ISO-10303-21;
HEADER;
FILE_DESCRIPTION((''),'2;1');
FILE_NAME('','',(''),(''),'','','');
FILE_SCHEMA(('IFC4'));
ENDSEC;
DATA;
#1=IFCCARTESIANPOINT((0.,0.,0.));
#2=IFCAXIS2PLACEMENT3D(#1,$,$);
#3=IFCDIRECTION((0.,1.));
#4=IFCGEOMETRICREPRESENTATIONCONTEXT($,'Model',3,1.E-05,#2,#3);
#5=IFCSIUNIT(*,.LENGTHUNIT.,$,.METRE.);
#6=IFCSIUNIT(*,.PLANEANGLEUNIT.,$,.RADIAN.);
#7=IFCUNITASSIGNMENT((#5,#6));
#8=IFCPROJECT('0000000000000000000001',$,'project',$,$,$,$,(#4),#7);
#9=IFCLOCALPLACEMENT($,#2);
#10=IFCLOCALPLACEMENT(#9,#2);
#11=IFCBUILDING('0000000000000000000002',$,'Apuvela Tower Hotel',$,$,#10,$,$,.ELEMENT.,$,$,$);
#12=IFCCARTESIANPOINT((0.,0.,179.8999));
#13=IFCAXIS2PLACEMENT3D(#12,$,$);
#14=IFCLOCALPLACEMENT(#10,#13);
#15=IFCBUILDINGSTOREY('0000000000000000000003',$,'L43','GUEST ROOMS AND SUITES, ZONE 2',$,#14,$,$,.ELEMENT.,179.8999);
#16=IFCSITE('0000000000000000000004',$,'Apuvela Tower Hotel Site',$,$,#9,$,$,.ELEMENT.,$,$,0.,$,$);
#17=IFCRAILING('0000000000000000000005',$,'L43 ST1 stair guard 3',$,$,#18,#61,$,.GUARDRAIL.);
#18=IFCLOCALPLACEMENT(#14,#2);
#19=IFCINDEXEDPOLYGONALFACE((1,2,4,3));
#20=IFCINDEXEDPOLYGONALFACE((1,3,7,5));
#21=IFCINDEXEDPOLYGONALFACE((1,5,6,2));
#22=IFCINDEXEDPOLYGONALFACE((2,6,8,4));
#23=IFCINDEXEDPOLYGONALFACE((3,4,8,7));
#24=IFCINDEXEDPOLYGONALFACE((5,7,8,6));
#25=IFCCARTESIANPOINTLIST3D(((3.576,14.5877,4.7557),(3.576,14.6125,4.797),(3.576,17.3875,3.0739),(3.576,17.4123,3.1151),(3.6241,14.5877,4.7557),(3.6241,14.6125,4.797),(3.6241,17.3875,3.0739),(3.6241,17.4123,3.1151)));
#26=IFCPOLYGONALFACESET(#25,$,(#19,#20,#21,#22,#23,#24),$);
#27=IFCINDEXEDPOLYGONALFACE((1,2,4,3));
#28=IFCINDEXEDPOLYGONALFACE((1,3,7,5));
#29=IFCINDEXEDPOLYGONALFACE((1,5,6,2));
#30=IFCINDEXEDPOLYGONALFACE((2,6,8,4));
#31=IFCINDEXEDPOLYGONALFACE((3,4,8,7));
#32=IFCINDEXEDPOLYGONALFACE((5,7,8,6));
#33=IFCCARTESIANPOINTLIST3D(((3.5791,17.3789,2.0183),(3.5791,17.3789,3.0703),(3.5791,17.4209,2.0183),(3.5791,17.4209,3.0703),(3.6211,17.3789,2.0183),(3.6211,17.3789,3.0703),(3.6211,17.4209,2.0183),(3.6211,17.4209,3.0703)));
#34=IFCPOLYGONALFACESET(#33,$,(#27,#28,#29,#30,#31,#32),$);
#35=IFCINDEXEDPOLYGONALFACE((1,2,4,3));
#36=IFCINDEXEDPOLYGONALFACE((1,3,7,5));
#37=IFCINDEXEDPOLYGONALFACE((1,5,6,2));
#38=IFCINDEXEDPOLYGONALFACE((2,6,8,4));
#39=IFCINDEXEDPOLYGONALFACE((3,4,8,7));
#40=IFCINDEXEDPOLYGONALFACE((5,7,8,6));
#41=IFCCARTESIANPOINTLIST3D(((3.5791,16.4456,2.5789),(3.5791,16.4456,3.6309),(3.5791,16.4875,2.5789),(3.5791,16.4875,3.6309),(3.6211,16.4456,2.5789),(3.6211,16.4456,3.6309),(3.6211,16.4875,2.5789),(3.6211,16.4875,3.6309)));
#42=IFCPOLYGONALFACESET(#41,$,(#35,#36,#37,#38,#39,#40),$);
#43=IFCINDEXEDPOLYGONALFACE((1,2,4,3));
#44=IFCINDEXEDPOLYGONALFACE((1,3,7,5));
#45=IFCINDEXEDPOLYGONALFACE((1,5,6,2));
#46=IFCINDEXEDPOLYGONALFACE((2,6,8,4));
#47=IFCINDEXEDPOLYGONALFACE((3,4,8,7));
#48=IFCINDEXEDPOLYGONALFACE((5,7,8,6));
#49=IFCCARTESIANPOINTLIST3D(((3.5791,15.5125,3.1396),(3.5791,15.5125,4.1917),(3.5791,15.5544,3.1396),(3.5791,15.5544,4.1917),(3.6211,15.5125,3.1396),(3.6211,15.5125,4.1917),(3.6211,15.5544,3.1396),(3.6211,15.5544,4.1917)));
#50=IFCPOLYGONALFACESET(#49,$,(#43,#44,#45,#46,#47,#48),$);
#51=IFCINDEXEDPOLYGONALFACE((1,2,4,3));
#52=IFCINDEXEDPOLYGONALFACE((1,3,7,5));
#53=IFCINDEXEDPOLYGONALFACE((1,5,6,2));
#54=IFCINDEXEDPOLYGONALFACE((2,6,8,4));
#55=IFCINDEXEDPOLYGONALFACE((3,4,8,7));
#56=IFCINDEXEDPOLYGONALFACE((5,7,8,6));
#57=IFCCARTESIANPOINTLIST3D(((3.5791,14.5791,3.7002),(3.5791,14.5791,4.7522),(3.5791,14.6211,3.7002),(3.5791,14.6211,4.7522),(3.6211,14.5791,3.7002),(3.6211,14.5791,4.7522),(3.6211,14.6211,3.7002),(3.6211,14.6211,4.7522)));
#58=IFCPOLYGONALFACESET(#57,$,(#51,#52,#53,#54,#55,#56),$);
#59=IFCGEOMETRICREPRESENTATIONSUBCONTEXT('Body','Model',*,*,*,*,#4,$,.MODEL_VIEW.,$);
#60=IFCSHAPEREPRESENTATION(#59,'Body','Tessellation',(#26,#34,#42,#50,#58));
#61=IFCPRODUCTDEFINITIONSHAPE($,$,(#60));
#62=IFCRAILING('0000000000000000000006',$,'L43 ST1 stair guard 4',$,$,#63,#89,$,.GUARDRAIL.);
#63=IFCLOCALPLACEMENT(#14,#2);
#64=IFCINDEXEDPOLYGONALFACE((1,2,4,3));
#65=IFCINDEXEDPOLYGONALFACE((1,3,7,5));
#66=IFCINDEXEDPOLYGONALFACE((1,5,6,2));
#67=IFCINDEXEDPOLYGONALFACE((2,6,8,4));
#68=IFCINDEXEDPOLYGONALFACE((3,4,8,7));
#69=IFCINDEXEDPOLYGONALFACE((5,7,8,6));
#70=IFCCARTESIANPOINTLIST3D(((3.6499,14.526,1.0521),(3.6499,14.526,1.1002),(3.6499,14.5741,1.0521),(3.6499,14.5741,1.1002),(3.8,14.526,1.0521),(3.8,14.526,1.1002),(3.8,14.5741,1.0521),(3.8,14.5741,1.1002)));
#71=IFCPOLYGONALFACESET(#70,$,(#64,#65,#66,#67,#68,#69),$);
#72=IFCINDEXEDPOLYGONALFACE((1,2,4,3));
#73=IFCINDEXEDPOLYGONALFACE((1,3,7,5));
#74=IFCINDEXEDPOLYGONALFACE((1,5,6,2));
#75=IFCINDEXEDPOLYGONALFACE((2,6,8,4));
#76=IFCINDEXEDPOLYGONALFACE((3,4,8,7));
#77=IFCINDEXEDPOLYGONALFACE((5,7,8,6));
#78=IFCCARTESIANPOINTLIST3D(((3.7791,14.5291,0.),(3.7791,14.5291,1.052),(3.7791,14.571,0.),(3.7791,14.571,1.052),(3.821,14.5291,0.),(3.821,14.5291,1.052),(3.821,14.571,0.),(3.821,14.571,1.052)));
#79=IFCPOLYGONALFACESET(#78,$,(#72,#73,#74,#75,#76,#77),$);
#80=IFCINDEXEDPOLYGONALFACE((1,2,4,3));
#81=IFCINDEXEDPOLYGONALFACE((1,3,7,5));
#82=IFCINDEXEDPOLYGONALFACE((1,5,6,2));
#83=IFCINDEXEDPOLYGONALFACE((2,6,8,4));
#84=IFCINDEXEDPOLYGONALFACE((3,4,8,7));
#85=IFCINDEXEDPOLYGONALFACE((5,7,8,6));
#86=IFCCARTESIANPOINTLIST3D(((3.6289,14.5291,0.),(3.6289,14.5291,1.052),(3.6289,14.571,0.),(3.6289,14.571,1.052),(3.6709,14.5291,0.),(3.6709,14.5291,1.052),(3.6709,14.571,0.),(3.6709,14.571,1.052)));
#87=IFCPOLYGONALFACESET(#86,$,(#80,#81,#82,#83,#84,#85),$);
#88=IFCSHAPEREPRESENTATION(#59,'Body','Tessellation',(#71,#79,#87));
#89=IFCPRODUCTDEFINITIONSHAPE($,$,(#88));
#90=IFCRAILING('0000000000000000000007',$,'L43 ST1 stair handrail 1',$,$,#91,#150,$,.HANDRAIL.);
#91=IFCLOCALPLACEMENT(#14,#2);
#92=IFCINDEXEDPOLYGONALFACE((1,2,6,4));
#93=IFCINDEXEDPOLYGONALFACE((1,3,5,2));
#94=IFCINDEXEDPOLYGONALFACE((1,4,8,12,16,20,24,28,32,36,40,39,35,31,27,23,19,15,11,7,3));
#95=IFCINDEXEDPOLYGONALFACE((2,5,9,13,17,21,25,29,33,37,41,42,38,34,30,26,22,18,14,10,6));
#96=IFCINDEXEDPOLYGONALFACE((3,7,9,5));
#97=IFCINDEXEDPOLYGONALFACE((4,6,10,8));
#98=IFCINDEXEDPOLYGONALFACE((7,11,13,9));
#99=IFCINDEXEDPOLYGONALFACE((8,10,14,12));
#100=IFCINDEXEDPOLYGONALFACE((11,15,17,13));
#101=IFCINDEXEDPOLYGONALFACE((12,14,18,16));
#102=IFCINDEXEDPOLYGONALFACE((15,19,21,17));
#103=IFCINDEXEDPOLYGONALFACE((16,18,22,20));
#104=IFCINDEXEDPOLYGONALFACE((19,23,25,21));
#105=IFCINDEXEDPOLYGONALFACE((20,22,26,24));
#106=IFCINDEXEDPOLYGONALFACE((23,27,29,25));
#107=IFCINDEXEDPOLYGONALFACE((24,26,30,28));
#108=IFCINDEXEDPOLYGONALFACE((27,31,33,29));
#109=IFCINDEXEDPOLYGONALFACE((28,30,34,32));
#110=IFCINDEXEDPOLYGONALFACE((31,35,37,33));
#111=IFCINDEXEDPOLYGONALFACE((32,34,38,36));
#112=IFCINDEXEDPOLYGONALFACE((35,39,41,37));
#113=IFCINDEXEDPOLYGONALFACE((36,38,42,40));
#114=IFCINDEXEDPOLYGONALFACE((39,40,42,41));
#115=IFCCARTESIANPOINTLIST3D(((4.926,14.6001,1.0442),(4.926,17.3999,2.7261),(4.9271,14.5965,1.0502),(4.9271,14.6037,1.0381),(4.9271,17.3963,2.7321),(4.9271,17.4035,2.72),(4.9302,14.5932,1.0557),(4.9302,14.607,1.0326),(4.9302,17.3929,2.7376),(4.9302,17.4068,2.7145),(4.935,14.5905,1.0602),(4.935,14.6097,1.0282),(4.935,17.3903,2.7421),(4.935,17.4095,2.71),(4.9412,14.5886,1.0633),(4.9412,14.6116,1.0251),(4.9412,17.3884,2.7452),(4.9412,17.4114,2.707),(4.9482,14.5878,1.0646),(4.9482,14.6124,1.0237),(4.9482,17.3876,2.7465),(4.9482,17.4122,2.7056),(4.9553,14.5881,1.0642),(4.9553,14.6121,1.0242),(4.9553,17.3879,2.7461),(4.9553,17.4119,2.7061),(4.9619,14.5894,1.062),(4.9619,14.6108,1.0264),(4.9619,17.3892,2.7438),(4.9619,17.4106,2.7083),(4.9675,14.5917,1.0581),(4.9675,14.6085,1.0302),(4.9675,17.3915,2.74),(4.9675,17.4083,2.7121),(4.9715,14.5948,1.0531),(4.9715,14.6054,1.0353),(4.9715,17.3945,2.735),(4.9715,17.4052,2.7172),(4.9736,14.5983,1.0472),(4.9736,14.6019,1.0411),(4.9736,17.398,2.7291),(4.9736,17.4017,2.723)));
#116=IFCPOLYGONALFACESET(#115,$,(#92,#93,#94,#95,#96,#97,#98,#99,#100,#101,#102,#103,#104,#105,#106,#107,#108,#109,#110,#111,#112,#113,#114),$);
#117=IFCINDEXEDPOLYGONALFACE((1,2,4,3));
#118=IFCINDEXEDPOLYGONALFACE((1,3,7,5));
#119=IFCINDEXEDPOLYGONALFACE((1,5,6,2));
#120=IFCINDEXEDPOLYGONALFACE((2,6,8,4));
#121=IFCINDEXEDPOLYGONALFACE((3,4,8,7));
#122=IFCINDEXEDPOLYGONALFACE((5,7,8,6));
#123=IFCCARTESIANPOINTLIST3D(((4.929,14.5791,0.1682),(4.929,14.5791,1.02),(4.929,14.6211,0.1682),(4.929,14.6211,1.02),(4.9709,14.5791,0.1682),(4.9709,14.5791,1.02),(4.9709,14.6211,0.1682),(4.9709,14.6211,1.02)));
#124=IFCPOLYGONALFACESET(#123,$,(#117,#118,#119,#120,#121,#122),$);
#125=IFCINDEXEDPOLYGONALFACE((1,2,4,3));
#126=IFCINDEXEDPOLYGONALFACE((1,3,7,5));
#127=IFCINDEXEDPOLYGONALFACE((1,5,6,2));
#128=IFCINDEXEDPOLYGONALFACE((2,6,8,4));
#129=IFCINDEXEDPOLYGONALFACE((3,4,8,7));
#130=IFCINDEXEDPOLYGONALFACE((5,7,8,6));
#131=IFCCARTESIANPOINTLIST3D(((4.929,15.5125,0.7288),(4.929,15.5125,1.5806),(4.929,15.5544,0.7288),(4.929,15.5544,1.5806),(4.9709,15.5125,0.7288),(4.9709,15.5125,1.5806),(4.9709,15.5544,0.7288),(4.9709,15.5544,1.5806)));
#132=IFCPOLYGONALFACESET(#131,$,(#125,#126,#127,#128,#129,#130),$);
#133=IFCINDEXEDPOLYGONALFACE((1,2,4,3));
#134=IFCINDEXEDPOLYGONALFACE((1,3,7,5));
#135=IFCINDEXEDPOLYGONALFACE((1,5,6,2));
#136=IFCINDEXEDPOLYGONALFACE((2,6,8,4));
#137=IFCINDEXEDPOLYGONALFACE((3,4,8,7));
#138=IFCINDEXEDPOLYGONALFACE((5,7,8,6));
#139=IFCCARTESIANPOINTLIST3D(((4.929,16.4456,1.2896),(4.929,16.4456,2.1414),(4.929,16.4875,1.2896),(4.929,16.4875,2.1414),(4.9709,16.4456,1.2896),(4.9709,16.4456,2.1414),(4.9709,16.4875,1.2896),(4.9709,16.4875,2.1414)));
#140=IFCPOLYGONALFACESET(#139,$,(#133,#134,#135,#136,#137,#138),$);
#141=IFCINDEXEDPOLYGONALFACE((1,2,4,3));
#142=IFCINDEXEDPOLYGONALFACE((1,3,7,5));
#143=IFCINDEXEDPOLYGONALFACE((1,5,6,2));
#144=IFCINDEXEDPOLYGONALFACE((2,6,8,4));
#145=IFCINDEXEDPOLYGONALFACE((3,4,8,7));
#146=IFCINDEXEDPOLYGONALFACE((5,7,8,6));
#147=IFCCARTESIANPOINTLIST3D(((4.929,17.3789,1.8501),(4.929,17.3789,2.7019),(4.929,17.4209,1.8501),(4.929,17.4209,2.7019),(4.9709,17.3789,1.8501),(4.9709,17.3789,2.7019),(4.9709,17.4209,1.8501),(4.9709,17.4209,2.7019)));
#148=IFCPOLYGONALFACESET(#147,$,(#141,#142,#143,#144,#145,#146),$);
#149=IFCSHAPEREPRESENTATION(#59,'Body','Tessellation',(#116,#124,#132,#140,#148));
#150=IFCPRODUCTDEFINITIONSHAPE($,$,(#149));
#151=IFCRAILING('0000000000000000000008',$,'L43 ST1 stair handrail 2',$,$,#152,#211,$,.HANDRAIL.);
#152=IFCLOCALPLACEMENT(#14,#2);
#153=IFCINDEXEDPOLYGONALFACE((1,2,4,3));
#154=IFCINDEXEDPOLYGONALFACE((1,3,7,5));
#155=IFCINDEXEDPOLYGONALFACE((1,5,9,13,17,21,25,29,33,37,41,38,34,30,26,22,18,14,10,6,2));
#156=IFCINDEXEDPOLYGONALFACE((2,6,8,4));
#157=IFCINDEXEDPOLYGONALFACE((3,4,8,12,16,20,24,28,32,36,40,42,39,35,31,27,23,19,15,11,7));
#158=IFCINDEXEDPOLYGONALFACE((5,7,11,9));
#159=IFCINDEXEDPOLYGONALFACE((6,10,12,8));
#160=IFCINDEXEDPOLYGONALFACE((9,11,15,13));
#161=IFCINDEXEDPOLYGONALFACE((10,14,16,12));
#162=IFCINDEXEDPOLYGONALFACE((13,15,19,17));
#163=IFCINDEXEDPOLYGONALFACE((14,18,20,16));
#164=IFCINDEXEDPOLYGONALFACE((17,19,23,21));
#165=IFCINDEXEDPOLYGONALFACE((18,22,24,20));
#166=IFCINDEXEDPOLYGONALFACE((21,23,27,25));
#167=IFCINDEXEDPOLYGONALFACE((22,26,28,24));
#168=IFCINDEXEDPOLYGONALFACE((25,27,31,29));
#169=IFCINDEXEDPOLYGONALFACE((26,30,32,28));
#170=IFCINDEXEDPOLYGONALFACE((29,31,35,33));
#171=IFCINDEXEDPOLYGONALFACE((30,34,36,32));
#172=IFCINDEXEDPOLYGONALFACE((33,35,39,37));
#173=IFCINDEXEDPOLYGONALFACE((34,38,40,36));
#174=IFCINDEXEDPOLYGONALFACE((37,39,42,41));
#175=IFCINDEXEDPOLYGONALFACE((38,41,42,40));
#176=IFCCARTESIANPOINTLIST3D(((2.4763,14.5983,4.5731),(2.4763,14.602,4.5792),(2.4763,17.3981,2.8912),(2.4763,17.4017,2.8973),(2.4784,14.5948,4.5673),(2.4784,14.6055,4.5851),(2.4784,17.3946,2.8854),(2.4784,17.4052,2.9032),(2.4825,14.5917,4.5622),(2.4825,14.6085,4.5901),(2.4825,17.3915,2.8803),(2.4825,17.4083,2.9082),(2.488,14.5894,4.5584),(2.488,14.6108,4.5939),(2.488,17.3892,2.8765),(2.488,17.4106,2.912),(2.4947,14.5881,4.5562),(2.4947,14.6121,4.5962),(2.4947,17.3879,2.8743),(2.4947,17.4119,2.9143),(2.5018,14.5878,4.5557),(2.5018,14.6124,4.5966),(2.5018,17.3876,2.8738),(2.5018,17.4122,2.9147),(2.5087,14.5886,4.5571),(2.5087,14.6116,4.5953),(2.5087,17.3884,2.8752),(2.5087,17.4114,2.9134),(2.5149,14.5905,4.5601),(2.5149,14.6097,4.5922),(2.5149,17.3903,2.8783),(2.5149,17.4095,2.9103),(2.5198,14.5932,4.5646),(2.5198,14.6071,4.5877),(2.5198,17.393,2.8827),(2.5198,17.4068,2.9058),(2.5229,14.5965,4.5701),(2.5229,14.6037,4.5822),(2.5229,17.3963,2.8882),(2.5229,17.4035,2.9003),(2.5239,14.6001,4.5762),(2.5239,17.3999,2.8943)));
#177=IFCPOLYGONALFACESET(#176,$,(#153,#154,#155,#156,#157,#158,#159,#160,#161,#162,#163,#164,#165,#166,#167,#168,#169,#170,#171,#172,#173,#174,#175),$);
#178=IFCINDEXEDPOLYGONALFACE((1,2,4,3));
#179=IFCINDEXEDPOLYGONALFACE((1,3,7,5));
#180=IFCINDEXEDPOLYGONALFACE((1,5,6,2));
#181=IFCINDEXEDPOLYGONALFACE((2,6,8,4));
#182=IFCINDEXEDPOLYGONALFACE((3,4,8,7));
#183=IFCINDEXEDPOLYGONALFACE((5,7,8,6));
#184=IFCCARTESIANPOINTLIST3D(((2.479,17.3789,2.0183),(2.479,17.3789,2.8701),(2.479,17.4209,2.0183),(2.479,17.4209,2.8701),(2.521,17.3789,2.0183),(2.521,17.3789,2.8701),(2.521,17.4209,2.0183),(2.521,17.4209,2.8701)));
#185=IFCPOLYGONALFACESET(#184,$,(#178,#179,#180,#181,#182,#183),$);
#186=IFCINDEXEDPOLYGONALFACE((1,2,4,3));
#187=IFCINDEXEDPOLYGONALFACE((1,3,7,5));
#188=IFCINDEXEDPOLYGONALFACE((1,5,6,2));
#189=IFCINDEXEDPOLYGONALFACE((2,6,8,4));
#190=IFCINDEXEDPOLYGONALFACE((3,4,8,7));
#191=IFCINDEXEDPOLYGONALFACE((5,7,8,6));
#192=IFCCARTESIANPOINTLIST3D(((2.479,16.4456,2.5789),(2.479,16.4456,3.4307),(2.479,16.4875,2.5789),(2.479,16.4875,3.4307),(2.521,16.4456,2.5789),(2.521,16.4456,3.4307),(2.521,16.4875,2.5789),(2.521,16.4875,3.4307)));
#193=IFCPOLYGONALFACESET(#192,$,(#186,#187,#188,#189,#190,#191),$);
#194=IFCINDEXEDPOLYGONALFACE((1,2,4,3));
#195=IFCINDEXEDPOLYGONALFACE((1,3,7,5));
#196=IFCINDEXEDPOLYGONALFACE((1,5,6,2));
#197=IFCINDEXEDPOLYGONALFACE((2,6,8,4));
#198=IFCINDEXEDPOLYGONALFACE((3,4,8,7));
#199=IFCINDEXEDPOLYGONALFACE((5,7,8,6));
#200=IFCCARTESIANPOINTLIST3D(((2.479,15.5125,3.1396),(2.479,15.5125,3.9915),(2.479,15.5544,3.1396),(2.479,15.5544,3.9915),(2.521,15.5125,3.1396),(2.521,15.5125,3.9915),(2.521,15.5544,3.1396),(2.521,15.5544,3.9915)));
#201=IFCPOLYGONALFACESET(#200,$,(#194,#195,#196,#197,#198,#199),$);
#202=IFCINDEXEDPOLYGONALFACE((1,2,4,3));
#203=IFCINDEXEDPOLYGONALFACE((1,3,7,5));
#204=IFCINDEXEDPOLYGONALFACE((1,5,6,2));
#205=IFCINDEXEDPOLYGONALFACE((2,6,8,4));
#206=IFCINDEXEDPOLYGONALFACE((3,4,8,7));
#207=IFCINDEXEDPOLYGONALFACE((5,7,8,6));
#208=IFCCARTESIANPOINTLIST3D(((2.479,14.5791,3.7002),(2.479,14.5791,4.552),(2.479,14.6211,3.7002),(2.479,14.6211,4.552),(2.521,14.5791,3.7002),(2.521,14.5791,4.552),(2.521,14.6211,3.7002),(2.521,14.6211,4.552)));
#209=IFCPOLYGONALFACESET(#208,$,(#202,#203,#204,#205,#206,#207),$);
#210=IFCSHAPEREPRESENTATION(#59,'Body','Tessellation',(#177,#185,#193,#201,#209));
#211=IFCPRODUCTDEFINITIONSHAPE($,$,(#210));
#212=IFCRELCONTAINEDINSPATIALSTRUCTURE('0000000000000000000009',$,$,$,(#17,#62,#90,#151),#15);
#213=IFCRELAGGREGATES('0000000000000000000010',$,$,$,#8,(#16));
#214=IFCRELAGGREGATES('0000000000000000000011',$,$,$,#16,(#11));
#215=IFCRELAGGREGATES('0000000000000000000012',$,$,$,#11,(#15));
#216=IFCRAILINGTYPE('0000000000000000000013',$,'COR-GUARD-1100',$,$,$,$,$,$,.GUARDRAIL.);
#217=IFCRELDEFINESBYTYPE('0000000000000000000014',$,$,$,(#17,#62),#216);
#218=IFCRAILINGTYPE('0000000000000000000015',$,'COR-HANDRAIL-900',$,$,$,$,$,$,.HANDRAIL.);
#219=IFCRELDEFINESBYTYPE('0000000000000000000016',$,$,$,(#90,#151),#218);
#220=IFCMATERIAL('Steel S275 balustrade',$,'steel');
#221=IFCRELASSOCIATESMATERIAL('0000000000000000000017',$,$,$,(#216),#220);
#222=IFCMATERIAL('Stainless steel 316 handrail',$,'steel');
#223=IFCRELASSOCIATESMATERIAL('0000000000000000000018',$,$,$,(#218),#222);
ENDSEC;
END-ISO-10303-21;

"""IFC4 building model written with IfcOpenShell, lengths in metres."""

from ifc_helpers import new_model, si_unit, direction, frame, origin, origin_2d, place, context, subcontext, project, spatial, rectangle, circle, extrude, material, type_object, element, save


model = new_model("IFC4")

# Units and contexts
model_context = context("Model", 3, precision=1e-05, world=origin(), true_north=direction((0.0, 1.0)))
body_context = subcontext(model_context, "Body", "Model", "MODEL_VIEW")
ifc_project = project(units=[si_unit("LENGTHUNIT", "METRE"), si_unit("PLANEANGLEUNIT", "RADIAN")], contexts=[model_context])

# Site, building, storey
site_placement = place(None, origin())
site = spatial("IfcSite", under=ifc_project, at=site_placement, Name="Apuvela Tower Hotel Site", CompositionType="ELEMENT", RefElevation=0.0)
building_placement = place(site_placement, origin())
building = spatial("IfcBuilding", under=site, at=building_placement, Name="Apuvela Tower Hotel", CompositionType="ELEMENT")
storey_placement = place(building_placement, frame((0.0, 0.0, 179.8999)))
storey = spatial("IfcBuildingStorey", under=building, at=storey_placement, Name="L43", Description="GUEST ROOMS AND SUITES, ZONE 2", CompositionType="ELEMENT", Elevation=179.8999)

# Railings
ifc_material_1 = material(Name="Steel S275 balustrade", Category="steel")
railing_type_1 = type_object("IfcRailingType", Name="COR-GUARD-1100", PredefinedType="GUARDRAIL", material=ifc_material_1)
railing_1_placement = place(storey_placement, frame((3.6001, 17.3999, 2.0183)))
element("IfcRailing", 1, at=railing_1_placement, inside=storey, type_object=railing_type_1, Name="L43 ST1 stair guard 3", PredefinedType="GUARDRAIL", context=body_context, shape_type="SweptSolid", body=[
    extrude(rectangle(XDim=0.0481, YDim=0.0481, at=origin_2d()), frame((0.0, 0.0, 1.0762), z_axis=(0.0, -0.857222, 0.514946), x_axis=(1.0, 0.0, 0.0)), (0.0, 0.0, 1.0), 3.2661),
    extrude(rectangle(XDim=0.042, YDim=0.042, at=origin_2d()), origin(), (0.0, 0.0, 1.0), 1.052),
    extrude(rectangle(XDim=0.042, YDim=0.042, at=origin_2d()), frame((0.0, -0.9333, 0.5605)), (0.0, 0.0, 1.0), 1.052),
    extrude(rectangle(XDim=0.042, YDim=0.042, at=origin_2d()), frame((0.0, -1.8665, 1.1213)), (0.0, 0.0, 1.0), 1.052),
    extrude(rectangle(XDim=0.042, YDim=0.042, at=origin_2d()), frame((0.0, -2.7998, 1.6819)), (0.0, 0.0, 1.0), 1.052),
])
railing_2_placement = place(storey_placement, frame((3.8, 14.55, 0.0)))
element("IfcRailing", 2, at=railing_2_placement, inside=storey, type_object=railing_type_1, Name="L43 ST1 stair guard 4", PredefinedType="GUARDRAIL", context=body_context, shape_type="SweptSolid", body=[
    extrude(rectangle(XDim=0.0481, YDim=0.0481, at=origin_2d()), frame((0.0, 0.0, 1.0762), z_axis=(-1.0, 0.0, 0.0), x_axis=(0.0, -1.0, 0.0)), (0.0, 0.0, 1.0), 0.1501),
    extrude(rectangle(XDim=0.042, YDim=0.042, at=origin_2d()), origin(), (0.0, 0.0, 1.0), 1.052),
    extrude(rectangle(XDim=0.042, YDim=0.042, at=origin_2d()), frame((-0.1501, 0.0, 0.0)), (0.0, 0.0, 1.0), 1.052),
])
ifc_material_2 = material(Name="Stainless steel 316 handrail", Category="steel")
railing_type_2 = type_object("IfcRailingType", Name="COR-HANDRAIL-900", PredefinedType="HANDRAIL", material=ifc_material_2)
railing_3_placement = place(storey_placement, frame((4.95, 14.6001, 0.1682)))
element("IfcRailing", 3, at=railing_3_placement, inside=storey, type_object=railing_type_2, Name="L43 ST1 stair handrail 1", PredefinedType="HANDRAIL", context=body_context, shape_type="SweptSolid", body=[
    extrude(circle(Radius=0.0239, at=origin_2d()), frame((0.0, 0.0, 0.876), z_axis=(0.0, 0.857222, 0.514946), x_axis=(-1.0, 0.0, 0.0)), (0.0, 0.0, 1.0), 3.2661),
    extrude(rectangle(XDim=0.042, YDim=0.042, at=origin_2d()), origin(), (0.0, 0.0, 1.0), 0.8518),
    extrude(rectangle(XDim=0.042, YDim=0.042, at=origin_2d()), frame((0.0, 0.9333, 0.5605)), (0.0, 0.0, 1.0), 0.8518),
    extrude(rectangle(XDim=0.042, YDim=0.042, at=origin_2d()), frame((0.0, 1.8665, 1.1213)), (0.0, 0.0, 1.0), 0.8518),
    extrude(rectangle(XDim=0.042, YDim=0.042, at=origin_2d()), frame((0.0, 2.7998, 1.6819)), (0.0, 0.0, 1.0), 0.8518),
])
railing_4_placement = place(storey_placement, frame((2.5, 17.3999, 2.0183)))
element("IfcRailing", 4, at=railing_4_placement, inside=storey, type_object=railing_type_2, Name="L43 ST1 stair handrail 2", PredefinedType="HANDRAIL", context=body_context, shape_type="SweptSolid", body=[
    extrude(circle(Radius=0.0239, at=origin_2d()), frame((0.0, 0.0, 0.876), z_axis=(0.0, -0.857222, 0.514946), x_axis=(1.0, 0.0, 0.0)), (0.0, 0.0, 1.0), 3.2661),
    extrude(rectangle(XDim=0.042, YDim=0.042, at=origin_2d()), origin(), (0.0, 0.0, 1.0), 0.8518),
    extrude(rectangle(XDim=0.042, YDim=0.042, at=origin_2d()), frame((0.0, -0.9333, 0.5605)), (0.0, 0.0, 1.0), 0.8518),
    extrude(rectangle(XDim=0.042, YDim=0.042, at=origin_2d()), frame((0.0, -1.8665, 1.1213)), (0.0, 0.0, 1.0), 0.8518),
    extrude(rectangle(XDim=0.042, YDim=0.042, at=origin_2d()), frame((0.0, -2.7998, 1.6819)), (0.0, 0.0, 1.0), 0.8518),
])

save(model, "model.ifc")
